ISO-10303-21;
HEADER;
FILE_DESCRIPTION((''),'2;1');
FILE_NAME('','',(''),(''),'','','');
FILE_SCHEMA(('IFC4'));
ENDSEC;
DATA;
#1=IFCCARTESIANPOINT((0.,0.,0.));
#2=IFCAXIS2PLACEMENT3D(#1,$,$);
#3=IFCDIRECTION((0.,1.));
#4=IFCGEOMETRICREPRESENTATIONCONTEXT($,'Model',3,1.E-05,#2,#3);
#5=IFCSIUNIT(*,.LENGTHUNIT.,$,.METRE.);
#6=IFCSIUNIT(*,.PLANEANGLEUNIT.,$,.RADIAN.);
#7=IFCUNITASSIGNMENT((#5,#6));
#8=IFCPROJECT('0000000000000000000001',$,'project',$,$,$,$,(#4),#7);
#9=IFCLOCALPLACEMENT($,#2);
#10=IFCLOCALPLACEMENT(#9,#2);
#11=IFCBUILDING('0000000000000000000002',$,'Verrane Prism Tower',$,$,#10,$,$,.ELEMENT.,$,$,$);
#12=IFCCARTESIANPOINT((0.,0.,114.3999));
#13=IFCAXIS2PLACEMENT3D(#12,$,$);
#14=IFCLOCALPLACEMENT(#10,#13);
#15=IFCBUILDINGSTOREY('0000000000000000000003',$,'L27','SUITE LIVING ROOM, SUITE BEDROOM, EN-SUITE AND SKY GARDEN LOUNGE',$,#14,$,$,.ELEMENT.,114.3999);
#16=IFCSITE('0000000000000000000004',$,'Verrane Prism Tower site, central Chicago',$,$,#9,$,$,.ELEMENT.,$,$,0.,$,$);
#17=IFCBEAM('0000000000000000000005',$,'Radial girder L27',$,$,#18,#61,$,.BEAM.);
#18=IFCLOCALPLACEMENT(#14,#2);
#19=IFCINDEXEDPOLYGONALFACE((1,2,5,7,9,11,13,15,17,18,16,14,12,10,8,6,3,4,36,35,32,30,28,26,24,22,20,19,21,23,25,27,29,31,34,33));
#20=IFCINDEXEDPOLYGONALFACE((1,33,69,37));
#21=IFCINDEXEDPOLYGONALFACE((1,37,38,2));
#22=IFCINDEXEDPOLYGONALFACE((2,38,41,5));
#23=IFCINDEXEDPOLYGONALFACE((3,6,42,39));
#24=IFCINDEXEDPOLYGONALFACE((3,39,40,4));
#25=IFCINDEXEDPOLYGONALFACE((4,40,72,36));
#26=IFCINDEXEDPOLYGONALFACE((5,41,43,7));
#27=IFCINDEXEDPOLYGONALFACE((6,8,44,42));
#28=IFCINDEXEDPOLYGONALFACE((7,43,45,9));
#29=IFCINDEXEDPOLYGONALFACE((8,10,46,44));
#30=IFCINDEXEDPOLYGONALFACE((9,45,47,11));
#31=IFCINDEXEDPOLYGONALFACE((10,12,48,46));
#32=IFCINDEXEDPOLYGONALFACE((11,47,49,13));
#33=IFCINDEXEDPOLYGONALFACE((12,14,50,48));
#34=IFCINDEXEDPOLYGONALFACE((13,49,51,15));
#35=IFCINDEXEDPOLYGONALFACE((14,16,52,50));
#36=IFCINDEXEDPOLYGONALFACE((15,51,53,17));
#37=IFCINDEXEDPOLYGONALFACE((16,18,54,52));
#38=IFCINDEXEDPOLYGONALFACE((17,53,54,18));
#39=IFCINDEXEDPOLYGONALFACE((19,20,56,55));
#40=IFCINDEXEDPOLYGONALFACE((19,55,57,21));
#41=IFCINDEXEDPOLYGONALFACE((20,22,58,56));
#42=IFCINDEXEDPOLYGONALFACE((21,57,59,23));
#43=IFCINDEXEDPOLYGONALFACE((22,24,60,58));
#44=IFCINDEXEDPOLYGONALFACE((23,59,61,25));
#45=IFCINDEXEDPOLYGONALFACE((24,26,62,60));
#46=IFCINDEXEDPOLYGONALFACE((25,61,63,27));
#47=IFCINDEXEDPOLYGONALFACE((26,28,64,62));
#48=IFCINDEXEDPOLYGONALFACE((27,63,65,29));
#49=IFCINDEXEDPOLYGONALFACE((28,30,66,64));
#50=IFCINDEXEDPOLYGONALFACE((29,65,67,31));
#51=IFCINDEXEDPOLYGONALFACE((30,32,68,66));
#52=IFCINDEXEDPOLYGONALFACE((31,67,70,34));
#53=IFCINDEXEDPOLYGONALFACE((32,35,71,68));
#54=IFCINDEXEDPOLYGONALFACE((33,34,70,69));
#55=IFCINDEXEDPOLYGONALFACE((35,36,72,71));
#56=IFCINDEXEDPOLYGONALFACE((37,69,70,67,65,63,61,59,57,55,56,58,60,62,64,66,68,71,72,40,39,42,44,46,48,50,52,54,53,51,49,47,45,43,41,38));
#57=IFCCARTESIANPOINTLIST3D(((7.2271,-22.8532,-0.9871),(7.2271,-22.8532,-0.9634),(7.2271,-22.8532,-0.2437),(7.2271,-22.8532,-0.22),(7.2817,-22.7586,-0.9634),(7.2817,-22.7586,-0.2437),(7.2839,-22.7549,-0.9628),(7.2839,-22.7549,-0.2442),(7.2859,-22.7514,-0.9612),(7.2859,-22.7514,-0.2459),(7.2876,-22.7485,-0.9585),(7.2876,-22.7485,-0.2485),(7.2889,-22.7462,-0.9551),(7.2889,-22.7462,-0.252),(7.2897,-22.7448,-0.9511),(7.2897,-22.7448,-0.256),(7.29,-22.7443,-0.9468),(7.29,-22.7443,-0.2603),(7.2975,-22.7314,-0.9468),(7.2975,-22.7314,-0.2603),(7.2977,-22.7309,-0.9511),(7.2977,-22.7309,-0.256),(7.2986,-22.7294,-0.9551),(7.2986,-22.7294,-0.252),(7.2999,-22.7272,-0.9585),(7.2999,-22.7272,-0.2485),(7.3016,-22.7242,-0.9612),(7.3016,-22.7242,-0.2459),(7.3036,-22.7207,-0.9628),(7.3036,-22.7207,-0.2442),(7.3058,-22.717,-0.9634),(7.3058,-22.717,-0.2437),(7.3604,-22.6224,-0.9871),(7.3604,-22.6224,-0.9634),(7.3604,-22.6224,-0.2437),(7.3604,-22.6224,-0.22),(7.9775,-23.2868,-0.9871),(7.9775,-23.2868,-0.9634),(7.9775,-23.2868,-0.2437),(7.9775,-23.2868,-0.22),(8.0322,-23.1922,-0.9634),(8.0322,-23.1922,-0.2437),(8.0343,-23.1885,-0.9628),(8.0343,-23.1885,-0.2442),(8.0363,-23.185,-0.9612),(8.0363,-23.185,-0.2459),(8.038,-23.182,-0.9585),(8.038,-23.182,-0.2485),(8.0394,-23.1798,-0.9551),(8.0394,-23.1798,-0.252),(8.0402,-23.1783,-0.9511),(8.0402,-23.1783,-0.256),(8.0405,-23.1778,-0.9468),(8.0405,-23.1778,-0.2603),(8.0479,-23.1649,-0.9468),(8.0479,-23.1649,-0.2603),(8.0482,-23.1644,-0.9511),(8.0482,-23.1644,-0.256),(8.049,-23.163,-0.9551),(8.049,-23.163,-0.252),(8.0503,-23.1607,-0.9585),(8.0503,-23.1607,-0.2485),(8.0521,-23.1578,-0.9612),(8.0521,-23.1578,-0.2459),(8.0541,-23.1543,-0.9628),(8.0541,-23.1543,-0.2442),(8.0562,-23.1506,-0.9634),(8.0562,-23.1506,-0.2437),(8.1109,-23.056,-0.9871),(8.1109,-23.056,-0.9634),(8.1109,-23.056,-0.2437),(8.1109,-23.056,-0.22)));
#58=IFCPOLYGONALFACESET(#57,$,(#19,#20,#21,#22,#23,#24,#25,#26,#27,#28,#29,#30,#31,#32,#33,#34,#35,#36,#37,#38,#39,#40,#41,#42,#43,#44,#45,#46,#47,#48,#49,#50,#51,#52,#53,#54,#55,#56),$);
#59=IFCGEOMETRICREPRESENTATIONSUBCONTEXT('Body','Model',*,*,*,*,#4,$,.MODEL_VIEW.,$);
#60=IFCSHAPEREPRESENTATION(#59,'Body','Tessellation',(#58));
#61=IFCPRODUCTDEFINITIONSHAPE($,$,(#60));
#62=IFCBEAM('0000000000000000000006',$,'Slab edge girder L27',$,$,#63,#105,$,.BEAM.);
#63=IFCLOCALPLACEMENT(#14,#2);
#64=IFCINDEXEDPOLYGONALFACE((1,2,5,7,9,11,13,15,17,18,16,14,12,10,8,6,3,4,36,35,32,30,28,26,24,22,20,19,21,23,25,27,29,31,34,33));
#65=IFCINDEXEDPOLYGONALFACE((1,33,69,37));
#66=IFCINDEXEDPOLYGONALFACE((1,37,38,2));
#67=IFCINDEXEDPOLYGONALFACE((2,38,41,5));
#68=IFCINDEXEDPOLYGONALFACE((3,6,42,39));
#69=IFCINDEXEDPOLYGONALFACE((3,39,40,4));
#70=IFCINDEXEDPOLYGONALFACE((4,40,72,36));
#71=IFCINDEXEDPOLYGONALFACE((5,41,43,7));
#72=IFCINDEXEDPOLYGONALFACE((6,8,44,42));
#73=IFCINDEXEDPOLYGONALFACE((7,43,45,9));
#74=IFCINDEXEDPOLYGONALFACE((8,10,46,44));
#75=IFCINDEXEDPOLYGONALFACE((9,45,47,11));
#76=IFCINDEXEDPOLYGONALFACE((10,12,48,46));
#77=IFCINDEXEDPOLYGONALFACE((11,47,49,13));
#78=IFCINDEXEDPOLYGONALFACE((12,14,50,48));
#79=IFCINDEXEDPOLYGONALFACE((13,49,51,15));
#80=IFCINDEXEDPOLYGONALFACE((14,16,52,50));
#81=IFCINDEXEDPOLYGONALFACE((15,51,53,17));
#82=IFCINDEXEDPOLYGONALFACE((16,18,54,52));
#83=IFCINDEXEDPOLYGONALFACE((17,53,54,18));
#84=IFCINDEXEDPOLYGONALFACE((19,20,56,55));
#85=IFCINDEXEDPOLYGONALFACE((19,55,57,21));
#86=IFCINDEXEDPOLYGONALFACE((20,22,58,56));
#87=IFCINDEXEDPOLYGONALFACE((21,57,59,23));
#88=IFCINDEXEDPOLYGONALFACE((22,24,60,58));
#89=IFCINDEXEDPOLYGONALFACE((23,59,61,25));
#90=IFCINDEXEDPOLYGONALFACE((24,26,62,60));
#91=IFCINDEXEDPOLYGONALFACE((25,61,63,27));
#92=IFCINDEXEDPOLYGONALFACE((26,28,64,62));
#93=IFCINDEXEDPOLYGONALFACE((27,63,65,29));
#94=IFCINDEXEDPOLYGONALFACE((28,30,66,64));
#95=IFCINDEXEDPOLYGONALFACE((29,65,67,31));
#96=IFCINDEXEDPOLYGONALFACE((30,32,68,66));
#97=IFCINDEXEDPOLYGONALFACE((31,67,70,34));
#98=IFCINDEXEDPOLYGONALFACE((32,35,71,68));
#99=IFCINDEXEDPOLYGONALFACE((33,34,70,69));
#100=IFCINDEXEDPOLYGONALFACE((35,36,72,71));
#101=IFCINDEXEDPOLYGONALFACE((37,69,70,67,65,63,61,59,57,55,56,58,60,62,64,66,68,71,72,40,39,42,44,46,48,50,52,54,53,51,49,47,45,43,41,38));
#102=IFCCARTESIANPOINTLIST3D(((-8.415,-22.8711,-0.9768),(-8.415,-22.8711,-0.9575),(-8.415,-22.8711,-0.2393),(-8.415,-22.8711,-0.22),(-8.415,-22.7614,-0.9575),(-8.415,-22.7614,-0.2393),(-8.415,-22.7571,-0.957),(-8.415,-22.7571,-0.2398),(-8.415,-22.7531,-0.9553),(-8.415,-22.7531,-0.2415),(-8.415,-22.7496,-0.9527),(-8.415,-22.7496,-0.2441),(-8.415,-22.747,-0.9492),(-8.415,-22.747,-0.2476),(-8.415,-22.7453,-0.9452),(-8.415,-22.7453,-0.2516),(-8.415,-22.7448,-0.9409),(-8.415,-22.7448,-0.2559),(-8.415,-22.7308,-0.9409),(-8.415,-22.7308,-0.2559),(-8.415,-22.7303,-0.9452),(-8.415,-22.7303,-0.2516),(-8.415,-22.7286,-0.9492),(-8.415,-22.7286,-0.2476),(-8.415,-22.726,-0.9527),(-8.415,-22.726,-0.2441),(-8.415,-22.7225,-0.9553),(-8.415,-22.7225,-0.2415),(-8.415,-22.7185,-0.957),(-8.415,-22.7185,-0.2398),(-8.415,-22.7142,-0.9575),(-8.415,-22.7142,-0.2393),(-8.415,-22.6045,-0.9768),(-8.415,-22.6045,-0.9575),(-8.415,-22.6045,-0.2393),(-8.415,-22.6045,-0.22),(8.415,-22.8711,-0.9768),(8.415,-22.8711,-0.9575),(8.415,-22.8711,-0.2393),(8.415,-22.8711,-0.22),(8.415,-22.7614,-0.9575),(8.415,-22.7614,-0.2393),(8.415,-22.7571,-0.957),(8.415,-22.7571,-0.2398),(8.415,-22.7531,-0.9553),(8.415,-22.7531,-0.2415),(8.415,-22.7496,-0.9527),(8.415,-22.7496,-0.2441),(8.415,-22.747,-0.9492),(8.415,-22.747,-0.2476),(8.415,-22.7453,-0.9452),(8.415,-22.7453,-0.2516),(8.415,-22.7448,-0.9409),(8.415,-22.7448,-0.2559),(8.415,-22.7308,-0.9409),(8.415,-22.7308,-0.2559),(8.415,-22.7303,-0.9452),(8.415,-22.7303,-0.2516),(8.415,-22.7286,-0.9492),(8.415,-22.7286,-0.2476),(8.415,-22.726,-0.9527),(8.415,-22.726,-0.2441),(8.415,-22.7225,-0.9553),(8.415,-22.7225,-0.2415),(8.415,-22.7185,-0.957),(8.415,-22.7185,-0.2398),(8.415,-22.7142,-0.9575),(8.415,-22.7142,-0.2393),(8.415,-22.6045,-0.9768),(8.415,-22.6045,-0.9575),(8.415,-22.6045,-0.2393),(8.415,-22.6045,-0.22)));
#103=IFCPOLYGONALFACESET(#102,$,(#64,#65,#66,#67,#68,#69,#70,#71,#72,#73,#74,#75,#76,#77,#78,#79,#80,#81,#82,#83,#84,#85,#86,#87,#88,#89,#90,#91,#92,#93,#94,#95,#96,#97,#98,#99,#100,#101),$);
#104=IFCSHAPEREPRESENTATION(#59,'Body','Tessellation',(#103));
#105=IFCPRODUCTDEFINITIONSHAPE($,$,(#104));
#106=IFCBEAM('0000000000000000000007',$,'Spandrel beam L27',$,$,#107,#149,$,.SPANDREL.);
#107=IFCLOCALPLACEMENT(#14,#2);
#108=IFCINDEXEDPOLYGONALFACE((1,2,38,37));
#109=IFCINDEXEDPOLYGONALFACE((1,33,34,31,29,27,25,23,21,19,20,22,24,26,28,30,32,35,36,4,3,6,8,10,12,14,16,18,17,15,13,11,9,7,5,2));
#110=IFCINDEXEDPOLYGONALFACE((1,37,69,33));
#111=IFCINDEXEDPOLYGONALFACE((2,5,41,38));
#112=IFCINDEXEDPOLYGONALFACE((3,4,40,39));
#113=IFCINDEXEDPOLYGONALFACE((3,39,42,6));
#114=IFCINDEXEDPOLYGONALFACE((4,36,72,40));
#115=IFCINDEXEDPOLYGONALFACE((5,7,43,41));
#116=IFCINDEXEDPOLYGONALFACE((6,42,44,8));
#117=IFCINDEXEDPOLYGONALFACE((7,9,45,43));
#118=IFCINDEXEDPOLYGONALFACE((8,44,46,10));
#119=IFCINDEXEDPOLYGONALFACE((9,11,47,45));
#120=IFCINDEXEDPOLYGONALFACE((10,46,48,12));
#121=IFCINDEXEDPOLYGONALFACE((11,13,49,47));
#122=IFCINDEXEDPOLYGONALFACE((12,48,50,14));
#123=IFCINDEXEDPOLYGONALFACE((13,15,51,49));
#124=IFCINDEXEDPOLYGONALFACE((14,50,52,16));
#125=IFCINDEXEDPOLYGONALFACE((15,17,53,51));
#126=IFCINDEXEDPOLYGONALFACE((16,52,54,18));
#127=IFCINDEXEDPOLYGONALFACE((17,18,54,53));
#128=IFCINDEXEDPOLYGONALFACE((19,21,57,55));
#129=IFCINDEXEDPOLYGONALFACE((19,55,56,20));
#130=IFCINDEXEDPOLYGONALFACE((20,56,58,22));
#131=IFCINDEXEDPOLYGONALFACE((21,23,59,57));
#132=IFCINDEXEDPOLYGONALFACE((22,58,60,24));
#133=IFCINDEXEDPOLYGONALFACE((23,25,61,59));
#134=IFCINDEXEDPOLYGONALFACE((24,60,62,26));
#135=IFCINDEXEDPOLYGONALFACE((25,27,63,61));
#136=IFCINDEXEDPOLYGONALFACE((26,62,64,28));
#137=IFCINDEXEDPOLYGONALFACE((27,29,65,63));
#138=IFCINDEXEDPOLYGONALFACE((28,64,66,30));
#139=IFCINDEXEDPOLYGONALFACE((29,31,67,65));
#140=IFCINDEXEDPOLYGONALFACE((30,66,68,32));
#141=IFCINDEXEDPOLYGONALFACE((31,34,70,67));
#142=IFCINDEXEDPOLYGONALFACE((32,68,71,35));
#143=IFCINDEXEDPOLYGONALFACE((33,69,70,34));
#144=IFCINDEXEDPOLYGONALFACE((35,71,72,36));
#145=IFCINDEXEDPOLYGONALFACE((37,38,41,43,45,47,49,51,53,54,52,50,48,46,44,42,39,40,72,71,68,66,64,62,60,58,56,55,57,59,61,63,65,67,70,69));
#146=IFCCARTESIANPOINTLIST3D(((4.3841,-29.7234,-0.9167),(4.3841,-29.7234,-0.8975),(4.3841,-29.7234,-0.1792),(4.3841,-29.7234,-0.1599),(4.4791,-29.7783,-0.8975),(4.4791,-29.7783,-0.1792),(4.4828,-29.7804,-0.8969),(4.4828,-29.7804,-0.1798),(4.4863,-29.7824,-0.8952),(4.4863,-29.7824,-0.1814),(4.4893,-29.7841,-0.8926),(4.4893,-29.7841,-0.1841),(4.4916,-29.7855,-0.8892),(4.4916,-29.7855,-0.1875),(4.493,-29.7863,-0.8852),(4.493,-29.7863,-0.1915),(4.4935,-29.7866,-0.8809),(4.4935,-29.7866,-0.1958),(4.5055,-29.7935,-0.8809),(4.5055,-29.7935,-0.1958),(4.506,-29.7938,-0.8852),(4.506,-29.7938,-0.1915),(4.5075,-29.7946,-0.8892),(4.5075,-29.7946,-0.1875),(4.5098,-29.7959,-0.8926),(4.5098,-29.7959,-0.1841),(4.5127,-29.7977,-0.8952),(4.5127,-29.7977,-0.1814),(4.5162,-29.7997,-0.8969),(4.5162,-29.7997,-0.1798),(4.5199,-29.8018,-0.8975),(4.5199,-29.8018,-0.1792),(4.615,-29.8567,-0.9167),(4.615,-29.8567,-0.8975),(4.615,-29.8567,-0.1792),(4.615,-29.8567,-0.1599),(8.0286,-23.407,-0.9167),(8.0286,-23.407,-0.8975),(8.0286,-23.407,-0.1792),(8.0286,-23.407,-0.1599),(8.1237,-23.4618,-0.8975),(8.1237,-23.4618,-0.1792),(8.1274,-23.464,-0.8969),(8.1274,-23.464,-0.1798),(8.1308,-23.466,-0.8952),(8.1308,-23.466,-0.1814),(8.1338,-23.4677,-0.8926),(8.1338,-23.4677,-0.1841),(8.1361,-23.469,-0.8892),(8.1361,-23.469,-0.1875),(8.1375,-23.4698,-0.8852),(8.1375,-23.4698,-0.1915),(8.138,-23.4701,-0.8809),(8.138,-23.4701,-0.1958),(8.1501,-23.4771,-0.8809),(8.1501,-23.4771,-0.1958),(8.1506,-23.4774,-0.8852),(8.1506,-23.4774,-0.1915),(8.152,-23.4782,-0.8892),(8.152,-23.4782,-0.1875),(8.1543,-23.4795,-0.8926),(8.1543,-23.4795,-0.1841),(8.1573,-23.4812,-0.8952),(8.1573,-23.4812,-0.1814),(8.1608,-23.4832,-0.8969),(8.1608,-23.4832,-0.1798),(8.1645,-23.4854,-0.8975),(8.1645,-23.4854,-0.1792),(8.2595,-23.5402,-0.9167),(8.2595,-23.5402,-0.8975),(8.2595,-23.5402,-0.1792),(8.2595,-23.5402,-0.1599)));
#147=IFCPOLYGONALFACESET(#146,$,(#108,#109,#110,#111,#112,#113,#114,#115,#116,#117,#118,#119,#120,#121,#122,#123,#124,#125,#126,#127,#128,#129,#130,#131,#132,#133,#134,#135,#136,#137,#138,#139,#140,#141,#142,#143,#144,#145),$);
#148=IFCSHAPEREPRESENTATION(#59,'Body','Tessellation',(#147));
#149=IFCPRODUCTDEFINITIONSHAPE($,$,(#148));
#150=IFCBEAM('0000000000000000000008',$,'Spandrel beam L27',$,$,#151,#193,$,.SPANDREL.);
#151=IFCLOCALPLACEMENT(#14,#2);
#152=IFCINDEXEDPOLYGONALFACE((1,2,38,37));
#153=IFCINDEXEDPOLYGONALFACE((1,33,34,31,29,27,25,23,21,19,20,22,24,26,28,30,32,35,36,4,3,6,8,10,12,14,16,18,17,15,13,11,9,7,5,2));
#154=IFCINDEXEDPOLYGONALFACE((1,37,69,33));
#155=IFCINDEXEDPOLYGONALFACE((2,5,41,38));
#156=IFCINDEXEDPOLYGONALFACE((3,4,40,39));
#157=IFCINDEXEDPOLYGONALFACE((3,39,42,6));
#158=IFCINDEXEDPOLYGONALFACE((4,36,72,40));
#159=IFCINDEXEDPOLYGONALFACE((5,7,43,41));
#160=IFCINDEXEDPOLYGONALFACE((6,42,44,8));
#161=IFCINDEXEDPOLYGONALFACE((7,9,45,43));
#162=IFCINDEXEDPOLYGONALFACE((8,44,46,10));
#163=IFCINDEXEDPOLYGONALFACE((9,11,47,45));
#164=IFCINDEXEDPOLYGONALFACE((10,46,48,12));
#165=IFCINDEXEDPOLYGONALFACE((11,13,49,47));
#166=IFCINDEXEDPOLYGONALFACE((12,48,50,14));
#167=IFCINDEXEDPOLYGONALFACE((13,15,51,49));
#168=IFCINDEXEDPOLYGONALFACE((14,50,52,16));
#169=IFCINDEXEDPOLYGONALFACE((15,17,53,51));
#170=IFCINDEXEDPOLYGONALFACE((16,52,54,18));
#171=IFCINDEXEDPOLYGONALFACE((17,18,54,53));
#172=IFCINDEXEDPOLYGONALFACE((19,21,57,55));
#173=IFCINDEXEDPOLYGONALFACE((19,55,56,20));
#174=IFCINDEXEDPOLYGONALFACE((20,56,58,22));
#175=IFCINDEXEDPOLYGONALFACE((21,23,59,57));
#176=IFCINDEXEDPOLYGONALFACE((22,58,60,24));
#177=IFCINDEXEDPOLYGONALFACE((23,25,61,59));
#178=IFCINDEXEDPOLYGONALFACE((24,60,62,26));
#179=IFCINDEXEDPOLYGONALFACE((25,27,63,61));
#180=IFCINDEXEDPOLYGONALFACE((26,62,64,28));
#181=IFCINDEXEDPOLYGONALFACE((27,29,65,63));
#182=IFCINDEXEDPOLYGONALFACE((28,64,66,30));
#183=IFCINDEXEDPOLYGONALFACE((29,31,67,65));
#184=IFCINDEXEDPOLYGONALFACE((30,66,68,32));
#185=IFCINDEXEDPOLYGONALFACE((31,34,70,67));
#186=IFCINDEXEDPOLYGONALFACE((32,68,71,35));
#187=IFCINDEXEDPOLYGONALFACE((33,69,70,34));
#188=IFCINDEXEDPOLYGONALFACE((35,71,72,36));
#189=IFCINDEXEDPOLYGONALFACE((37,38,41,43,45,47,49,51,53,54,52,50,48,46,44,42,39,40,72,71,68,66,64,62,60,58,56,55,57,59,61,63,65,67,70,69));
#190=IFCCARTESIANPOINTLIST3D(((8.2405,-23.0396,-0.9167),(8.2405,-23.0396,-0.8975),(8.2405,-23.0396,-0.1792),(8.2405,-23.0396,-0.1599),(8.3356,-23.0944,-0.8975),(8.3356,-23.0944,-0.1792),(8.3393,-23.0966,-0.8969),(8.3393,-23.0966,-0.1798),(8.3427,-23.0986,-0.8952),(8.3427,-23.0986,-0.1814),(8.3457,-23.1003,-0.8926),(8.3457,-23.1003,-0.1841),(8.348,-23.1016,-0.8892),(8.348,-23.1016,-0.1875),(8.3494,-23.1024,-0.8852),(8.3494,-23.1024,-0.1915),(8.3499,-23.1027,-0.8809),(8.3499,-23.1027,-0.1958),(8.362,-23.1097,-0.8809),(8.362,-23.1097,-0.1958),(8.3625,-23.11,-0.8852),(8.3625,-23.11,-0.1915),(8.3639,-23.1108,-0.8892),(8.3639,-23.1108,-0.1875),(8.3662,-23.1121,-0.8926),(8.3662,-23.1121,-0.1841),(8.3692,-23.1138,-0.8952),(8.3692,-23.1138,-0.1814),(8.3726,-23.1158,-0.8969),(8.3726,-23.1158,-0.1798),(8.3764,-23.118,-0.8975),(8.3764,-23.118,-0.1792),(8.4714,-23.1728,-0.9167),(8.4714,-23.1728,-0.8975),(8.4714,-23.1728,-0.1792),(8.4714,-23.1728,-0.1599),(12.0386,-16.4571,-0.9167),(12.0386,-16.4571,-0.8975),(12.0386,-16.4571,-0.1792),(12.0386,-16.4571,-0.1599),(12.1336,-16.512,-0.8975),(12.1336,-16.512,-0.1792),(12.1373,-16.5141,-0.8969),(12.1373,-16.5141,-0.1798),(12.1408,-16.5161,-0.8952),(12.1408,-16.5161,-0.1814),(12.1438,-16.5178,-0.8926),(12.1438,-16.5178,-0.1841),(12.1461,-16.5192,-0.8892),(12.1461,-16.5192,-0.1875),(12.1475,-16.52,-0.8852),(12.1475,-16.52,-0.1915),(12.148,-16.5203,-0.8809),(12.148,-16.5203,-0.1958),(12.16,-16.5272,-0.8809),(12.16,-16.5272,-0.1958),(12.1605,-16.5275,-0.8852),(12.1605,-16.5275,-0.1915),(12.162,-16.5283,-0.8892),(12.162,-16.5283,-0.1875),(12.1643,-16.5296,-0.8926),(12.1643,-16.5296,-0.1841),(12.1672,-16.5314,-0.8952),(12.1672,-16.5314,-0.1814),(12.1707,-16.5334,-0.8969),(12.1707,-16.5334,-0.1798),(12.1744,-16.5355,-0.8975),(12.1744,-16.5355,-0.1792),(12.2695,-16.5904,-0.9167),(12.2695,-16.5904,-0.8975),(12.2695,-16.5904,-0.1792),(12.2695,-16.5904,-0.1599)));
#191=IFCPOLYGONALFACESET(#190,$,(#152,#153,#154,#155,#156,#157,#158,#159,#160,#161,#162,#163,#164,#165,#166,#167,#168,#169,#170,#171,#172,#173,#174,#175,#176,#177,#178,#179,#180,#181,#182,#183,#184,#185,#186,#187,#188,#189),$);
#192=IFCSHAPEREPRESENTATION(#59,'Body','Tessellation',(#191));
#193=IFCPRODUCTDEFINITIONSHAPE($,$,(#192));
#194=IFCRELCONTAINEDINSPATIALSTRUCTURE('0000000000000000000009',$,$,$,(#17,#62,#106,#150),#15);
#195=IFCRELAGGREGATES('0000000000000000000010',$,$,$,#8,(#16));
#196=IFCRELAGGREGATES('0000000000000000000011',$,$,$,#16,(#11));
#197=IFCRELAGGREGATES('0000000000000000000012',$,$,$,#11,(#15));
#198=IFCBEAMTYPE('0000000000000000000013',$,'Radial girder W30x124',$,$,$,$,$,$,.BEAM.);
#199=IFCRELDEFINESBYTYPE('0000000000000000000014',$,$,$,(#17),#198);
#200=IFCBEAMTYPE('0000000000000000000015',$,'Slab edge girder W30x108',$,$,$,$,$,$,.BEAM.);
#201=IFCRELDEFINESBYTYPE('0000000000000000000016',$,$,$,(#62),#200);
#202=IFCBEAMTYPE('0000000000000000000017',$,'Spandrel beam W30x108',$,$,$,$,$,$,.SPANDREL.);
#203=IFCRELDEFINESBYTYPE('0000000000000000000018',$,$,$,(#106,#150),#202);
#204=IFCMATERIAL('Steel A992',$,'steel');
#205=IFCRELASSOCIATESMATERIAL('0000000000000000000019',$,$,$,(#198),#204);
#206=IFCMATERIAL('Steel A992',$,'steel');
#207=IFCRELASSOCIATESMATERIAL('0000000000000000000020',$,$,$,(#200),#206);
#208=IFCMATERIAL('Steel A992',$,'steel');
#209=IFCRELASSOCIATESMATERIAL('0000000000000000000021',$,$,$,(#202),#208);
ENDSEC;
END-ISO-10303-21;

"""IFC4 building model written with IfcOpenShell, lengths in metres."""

from ifc_helpers import new_model, si_unit, direction, frame, origin, origin_2d, place, context, subcontext, project, spatial, i_section, extrude, material, material_profile, profile_set, type_object, element, save


model = new_model("IFC4")

# Units and contexts
model_context = context("Model", 3, precision=1e-05, world=origin(), true_north=direction((0.0, 1.0)))
body_context = subcontext(model_context, "Body", "Model", "MODEL_VIEW")
ifc_project = project(units=[si_unit("LENGTHUNIT", "METRE"), si_unit("PLANEANGLEUNIT", "RADIAN")], contexts=[model_context])

# Site, building, storey
site_placement = place(None, origin())
site = spatial("IfcSite", under=ifc_project, at=site_placement, Name="Verrane Prism Tower site, central Chicago", CompositionType="ELEMENT", RefElevation=0.0)
building_placement = place(site_placement, origin())
building = spatial("IfcBuilding", under=site, at=building_placement, Name="Verrane Prism Tower", CompositionType="ELEMENT")
storey_placement = place(building_placement, frame((0.0, 0.0, 114.3999)))
storey = spatial("IfcBuildingStorey", under=building, at=storey_placement, Name="L27", Description="SUITE LIVING ROOM, SUITE BEDROOM, EN-SUITE AND SKY GARDEN LOUNGE", CompositionType="ELEMENT", Elevation=114.3999)

# Beams
ifc_material_1 = material(Name="Steel A992", Category="steel")
ifc_material_profile_1 = material_profile(ifc_material_1, i_section(OverallWidth=0.2666, OverallDepth=0.7671, WebThickness=0.0149, FlangeThickness=0.0237, FilletRadius=0.0166, at=origin_2d()), Name="W30x124")
ifc_profile_set_1 = profile_set([ifc_material_profile_1], Name="Steel A992")
beam_type_1 = type_object("IfcBeamType", Name="Radial girder W30x124", PredefinedType="BEAM", material=ifc_profile_set_1)
beam_1_placement = place(storey_placement, frame((8.0442, -23.1714, -0.6035), z_axis=(-0.865876, 0.500259, 0.0), x_axis=(-0.500259, -0.865876, 0.0)))
element("IfcBeam", 1, at=beam_1_placement, inside=storey, type_object=beam_type_1, Name="Radial girder L27", PredefinedType="BEAM", context=body_context, shape_type="SweptSolid", body=[
    extrude(i_section(OverallWidth=0.2666, OverallDepth=0.7671, WebThickness=0.0149, FlangeThickness=0.0237, FilletRadius=0.0166, at=origin_2d()), origin(), (0.0, 0.0, 1.0), 0.8667),
])
ifc_material_2 = material(Name="Steel A992", Category="steel")
ifc_material_profile_2 = material_profile(ifc_material_2, i_section(OverallWidth=0.2666, OverallDepth=0.7568, WebThickness=0.0139, FlangeThickness=0.0193, FilletRadius=0.0166, at=origin_2d()), Name="W30x108")
ifc_profile_set_2 = profile_set([ifc_material_profile_2], Name="Steel A992")
beam_type_2 = type_object("IfcBeamType", Name="Slab edge girder W30x108", PredefinedType="BEAM", material=ifc_profile_set_2)
beam_2_placement = place(storey_placement, frame((8.415, -22.7378, -0.5984), z_axis=(-1.0, 0.0, 0.0), x_axis=(0.0, -1.0, 0.0)))
element("IfcBeam", 2, at=beam_2_placement, inside=storey, type_object=beam_type_2, Name="Slab edge girder L27", PredefinedType="BEAM", context=body_context, shape_type="SweptSolid", body=[
    extrude(i_section(OverallWidth=0.2666, OverallDepth=0.7568, WebThickness=0.0139, FlangeThickness=0.0193, FilletRadius=0.0166, at=origin_2d()), origin(), (0.0, 0.0, 1.0), 16.8301),
])
ifc_material_3 = material(Name="Steel A992", Category="steel")
ifc_material_profile_3 = material_profile(ifc_material_3, i_section(OverallWidth=0.2666, OverallDepth=0.7568, WebThickness=0.0139, FlangeThickness=0.0193, FilletRadius=0.0166, at=origin_2d()), Name="W30x108")
ifc_profile_set_3 = profile_set([ifc_material_profile_3], Name="Steel A992")
beam_type_3 = type_object("IfcBeamType", Name="Spandrel beam W30x108", PredefinedType="SPANDREL", material=ifc_profile_set_3)
beam_3_placement = place(storey_placement, frame((4.4995, -29.79, -0.5383), z_axis=(0.499769, 0.866159, 0.0), x_axis=(-0.866159, 0.499769, 0.0)))
element("IfcBeam", 3, at=beam_3_placement, inside=storey, type_object=beam_type_3, Name="Spandrel beam L27", PredefinedType="SPANDREL", context=body_context, shape_type="SweptSolid", body=[
    extrude(i_section(OverallWidth=0.2666, OverallDepth=0.7568, WebThickness=0.0139, FlangeThickness=0.0193, FilletRadius=0.0166, at=origin_2d()), origin(), (0.0, 0.0, 1.0), 7.2925),
])
beam_4_placement = place(storey_placement, frame((8.356, -23.1062, -0.5383), z_axis=(0.499771, 0.866158, 0.0), x_axis=(-0.866158, 0.499771, 0.0)))
element("IfcBeam", 4, at=beam_4_placement, inside=storey, type_object=beam_type_3, Name="Spandrel beam L27", PredefinedType="SPANDREL", context=body_context, shape_type="SweptSolid", body=[
    extrude(i_section(OverallWidth=0.2666, OverallDepth=0.7568, WebThickness=0.0139, FlangeThickness=0.0193, FilletRadius=0.0166, at=origin_2d()), origin(), (0.0, 0.0, 1.0), 7.5996),
])

save(model, "model.ifc")
